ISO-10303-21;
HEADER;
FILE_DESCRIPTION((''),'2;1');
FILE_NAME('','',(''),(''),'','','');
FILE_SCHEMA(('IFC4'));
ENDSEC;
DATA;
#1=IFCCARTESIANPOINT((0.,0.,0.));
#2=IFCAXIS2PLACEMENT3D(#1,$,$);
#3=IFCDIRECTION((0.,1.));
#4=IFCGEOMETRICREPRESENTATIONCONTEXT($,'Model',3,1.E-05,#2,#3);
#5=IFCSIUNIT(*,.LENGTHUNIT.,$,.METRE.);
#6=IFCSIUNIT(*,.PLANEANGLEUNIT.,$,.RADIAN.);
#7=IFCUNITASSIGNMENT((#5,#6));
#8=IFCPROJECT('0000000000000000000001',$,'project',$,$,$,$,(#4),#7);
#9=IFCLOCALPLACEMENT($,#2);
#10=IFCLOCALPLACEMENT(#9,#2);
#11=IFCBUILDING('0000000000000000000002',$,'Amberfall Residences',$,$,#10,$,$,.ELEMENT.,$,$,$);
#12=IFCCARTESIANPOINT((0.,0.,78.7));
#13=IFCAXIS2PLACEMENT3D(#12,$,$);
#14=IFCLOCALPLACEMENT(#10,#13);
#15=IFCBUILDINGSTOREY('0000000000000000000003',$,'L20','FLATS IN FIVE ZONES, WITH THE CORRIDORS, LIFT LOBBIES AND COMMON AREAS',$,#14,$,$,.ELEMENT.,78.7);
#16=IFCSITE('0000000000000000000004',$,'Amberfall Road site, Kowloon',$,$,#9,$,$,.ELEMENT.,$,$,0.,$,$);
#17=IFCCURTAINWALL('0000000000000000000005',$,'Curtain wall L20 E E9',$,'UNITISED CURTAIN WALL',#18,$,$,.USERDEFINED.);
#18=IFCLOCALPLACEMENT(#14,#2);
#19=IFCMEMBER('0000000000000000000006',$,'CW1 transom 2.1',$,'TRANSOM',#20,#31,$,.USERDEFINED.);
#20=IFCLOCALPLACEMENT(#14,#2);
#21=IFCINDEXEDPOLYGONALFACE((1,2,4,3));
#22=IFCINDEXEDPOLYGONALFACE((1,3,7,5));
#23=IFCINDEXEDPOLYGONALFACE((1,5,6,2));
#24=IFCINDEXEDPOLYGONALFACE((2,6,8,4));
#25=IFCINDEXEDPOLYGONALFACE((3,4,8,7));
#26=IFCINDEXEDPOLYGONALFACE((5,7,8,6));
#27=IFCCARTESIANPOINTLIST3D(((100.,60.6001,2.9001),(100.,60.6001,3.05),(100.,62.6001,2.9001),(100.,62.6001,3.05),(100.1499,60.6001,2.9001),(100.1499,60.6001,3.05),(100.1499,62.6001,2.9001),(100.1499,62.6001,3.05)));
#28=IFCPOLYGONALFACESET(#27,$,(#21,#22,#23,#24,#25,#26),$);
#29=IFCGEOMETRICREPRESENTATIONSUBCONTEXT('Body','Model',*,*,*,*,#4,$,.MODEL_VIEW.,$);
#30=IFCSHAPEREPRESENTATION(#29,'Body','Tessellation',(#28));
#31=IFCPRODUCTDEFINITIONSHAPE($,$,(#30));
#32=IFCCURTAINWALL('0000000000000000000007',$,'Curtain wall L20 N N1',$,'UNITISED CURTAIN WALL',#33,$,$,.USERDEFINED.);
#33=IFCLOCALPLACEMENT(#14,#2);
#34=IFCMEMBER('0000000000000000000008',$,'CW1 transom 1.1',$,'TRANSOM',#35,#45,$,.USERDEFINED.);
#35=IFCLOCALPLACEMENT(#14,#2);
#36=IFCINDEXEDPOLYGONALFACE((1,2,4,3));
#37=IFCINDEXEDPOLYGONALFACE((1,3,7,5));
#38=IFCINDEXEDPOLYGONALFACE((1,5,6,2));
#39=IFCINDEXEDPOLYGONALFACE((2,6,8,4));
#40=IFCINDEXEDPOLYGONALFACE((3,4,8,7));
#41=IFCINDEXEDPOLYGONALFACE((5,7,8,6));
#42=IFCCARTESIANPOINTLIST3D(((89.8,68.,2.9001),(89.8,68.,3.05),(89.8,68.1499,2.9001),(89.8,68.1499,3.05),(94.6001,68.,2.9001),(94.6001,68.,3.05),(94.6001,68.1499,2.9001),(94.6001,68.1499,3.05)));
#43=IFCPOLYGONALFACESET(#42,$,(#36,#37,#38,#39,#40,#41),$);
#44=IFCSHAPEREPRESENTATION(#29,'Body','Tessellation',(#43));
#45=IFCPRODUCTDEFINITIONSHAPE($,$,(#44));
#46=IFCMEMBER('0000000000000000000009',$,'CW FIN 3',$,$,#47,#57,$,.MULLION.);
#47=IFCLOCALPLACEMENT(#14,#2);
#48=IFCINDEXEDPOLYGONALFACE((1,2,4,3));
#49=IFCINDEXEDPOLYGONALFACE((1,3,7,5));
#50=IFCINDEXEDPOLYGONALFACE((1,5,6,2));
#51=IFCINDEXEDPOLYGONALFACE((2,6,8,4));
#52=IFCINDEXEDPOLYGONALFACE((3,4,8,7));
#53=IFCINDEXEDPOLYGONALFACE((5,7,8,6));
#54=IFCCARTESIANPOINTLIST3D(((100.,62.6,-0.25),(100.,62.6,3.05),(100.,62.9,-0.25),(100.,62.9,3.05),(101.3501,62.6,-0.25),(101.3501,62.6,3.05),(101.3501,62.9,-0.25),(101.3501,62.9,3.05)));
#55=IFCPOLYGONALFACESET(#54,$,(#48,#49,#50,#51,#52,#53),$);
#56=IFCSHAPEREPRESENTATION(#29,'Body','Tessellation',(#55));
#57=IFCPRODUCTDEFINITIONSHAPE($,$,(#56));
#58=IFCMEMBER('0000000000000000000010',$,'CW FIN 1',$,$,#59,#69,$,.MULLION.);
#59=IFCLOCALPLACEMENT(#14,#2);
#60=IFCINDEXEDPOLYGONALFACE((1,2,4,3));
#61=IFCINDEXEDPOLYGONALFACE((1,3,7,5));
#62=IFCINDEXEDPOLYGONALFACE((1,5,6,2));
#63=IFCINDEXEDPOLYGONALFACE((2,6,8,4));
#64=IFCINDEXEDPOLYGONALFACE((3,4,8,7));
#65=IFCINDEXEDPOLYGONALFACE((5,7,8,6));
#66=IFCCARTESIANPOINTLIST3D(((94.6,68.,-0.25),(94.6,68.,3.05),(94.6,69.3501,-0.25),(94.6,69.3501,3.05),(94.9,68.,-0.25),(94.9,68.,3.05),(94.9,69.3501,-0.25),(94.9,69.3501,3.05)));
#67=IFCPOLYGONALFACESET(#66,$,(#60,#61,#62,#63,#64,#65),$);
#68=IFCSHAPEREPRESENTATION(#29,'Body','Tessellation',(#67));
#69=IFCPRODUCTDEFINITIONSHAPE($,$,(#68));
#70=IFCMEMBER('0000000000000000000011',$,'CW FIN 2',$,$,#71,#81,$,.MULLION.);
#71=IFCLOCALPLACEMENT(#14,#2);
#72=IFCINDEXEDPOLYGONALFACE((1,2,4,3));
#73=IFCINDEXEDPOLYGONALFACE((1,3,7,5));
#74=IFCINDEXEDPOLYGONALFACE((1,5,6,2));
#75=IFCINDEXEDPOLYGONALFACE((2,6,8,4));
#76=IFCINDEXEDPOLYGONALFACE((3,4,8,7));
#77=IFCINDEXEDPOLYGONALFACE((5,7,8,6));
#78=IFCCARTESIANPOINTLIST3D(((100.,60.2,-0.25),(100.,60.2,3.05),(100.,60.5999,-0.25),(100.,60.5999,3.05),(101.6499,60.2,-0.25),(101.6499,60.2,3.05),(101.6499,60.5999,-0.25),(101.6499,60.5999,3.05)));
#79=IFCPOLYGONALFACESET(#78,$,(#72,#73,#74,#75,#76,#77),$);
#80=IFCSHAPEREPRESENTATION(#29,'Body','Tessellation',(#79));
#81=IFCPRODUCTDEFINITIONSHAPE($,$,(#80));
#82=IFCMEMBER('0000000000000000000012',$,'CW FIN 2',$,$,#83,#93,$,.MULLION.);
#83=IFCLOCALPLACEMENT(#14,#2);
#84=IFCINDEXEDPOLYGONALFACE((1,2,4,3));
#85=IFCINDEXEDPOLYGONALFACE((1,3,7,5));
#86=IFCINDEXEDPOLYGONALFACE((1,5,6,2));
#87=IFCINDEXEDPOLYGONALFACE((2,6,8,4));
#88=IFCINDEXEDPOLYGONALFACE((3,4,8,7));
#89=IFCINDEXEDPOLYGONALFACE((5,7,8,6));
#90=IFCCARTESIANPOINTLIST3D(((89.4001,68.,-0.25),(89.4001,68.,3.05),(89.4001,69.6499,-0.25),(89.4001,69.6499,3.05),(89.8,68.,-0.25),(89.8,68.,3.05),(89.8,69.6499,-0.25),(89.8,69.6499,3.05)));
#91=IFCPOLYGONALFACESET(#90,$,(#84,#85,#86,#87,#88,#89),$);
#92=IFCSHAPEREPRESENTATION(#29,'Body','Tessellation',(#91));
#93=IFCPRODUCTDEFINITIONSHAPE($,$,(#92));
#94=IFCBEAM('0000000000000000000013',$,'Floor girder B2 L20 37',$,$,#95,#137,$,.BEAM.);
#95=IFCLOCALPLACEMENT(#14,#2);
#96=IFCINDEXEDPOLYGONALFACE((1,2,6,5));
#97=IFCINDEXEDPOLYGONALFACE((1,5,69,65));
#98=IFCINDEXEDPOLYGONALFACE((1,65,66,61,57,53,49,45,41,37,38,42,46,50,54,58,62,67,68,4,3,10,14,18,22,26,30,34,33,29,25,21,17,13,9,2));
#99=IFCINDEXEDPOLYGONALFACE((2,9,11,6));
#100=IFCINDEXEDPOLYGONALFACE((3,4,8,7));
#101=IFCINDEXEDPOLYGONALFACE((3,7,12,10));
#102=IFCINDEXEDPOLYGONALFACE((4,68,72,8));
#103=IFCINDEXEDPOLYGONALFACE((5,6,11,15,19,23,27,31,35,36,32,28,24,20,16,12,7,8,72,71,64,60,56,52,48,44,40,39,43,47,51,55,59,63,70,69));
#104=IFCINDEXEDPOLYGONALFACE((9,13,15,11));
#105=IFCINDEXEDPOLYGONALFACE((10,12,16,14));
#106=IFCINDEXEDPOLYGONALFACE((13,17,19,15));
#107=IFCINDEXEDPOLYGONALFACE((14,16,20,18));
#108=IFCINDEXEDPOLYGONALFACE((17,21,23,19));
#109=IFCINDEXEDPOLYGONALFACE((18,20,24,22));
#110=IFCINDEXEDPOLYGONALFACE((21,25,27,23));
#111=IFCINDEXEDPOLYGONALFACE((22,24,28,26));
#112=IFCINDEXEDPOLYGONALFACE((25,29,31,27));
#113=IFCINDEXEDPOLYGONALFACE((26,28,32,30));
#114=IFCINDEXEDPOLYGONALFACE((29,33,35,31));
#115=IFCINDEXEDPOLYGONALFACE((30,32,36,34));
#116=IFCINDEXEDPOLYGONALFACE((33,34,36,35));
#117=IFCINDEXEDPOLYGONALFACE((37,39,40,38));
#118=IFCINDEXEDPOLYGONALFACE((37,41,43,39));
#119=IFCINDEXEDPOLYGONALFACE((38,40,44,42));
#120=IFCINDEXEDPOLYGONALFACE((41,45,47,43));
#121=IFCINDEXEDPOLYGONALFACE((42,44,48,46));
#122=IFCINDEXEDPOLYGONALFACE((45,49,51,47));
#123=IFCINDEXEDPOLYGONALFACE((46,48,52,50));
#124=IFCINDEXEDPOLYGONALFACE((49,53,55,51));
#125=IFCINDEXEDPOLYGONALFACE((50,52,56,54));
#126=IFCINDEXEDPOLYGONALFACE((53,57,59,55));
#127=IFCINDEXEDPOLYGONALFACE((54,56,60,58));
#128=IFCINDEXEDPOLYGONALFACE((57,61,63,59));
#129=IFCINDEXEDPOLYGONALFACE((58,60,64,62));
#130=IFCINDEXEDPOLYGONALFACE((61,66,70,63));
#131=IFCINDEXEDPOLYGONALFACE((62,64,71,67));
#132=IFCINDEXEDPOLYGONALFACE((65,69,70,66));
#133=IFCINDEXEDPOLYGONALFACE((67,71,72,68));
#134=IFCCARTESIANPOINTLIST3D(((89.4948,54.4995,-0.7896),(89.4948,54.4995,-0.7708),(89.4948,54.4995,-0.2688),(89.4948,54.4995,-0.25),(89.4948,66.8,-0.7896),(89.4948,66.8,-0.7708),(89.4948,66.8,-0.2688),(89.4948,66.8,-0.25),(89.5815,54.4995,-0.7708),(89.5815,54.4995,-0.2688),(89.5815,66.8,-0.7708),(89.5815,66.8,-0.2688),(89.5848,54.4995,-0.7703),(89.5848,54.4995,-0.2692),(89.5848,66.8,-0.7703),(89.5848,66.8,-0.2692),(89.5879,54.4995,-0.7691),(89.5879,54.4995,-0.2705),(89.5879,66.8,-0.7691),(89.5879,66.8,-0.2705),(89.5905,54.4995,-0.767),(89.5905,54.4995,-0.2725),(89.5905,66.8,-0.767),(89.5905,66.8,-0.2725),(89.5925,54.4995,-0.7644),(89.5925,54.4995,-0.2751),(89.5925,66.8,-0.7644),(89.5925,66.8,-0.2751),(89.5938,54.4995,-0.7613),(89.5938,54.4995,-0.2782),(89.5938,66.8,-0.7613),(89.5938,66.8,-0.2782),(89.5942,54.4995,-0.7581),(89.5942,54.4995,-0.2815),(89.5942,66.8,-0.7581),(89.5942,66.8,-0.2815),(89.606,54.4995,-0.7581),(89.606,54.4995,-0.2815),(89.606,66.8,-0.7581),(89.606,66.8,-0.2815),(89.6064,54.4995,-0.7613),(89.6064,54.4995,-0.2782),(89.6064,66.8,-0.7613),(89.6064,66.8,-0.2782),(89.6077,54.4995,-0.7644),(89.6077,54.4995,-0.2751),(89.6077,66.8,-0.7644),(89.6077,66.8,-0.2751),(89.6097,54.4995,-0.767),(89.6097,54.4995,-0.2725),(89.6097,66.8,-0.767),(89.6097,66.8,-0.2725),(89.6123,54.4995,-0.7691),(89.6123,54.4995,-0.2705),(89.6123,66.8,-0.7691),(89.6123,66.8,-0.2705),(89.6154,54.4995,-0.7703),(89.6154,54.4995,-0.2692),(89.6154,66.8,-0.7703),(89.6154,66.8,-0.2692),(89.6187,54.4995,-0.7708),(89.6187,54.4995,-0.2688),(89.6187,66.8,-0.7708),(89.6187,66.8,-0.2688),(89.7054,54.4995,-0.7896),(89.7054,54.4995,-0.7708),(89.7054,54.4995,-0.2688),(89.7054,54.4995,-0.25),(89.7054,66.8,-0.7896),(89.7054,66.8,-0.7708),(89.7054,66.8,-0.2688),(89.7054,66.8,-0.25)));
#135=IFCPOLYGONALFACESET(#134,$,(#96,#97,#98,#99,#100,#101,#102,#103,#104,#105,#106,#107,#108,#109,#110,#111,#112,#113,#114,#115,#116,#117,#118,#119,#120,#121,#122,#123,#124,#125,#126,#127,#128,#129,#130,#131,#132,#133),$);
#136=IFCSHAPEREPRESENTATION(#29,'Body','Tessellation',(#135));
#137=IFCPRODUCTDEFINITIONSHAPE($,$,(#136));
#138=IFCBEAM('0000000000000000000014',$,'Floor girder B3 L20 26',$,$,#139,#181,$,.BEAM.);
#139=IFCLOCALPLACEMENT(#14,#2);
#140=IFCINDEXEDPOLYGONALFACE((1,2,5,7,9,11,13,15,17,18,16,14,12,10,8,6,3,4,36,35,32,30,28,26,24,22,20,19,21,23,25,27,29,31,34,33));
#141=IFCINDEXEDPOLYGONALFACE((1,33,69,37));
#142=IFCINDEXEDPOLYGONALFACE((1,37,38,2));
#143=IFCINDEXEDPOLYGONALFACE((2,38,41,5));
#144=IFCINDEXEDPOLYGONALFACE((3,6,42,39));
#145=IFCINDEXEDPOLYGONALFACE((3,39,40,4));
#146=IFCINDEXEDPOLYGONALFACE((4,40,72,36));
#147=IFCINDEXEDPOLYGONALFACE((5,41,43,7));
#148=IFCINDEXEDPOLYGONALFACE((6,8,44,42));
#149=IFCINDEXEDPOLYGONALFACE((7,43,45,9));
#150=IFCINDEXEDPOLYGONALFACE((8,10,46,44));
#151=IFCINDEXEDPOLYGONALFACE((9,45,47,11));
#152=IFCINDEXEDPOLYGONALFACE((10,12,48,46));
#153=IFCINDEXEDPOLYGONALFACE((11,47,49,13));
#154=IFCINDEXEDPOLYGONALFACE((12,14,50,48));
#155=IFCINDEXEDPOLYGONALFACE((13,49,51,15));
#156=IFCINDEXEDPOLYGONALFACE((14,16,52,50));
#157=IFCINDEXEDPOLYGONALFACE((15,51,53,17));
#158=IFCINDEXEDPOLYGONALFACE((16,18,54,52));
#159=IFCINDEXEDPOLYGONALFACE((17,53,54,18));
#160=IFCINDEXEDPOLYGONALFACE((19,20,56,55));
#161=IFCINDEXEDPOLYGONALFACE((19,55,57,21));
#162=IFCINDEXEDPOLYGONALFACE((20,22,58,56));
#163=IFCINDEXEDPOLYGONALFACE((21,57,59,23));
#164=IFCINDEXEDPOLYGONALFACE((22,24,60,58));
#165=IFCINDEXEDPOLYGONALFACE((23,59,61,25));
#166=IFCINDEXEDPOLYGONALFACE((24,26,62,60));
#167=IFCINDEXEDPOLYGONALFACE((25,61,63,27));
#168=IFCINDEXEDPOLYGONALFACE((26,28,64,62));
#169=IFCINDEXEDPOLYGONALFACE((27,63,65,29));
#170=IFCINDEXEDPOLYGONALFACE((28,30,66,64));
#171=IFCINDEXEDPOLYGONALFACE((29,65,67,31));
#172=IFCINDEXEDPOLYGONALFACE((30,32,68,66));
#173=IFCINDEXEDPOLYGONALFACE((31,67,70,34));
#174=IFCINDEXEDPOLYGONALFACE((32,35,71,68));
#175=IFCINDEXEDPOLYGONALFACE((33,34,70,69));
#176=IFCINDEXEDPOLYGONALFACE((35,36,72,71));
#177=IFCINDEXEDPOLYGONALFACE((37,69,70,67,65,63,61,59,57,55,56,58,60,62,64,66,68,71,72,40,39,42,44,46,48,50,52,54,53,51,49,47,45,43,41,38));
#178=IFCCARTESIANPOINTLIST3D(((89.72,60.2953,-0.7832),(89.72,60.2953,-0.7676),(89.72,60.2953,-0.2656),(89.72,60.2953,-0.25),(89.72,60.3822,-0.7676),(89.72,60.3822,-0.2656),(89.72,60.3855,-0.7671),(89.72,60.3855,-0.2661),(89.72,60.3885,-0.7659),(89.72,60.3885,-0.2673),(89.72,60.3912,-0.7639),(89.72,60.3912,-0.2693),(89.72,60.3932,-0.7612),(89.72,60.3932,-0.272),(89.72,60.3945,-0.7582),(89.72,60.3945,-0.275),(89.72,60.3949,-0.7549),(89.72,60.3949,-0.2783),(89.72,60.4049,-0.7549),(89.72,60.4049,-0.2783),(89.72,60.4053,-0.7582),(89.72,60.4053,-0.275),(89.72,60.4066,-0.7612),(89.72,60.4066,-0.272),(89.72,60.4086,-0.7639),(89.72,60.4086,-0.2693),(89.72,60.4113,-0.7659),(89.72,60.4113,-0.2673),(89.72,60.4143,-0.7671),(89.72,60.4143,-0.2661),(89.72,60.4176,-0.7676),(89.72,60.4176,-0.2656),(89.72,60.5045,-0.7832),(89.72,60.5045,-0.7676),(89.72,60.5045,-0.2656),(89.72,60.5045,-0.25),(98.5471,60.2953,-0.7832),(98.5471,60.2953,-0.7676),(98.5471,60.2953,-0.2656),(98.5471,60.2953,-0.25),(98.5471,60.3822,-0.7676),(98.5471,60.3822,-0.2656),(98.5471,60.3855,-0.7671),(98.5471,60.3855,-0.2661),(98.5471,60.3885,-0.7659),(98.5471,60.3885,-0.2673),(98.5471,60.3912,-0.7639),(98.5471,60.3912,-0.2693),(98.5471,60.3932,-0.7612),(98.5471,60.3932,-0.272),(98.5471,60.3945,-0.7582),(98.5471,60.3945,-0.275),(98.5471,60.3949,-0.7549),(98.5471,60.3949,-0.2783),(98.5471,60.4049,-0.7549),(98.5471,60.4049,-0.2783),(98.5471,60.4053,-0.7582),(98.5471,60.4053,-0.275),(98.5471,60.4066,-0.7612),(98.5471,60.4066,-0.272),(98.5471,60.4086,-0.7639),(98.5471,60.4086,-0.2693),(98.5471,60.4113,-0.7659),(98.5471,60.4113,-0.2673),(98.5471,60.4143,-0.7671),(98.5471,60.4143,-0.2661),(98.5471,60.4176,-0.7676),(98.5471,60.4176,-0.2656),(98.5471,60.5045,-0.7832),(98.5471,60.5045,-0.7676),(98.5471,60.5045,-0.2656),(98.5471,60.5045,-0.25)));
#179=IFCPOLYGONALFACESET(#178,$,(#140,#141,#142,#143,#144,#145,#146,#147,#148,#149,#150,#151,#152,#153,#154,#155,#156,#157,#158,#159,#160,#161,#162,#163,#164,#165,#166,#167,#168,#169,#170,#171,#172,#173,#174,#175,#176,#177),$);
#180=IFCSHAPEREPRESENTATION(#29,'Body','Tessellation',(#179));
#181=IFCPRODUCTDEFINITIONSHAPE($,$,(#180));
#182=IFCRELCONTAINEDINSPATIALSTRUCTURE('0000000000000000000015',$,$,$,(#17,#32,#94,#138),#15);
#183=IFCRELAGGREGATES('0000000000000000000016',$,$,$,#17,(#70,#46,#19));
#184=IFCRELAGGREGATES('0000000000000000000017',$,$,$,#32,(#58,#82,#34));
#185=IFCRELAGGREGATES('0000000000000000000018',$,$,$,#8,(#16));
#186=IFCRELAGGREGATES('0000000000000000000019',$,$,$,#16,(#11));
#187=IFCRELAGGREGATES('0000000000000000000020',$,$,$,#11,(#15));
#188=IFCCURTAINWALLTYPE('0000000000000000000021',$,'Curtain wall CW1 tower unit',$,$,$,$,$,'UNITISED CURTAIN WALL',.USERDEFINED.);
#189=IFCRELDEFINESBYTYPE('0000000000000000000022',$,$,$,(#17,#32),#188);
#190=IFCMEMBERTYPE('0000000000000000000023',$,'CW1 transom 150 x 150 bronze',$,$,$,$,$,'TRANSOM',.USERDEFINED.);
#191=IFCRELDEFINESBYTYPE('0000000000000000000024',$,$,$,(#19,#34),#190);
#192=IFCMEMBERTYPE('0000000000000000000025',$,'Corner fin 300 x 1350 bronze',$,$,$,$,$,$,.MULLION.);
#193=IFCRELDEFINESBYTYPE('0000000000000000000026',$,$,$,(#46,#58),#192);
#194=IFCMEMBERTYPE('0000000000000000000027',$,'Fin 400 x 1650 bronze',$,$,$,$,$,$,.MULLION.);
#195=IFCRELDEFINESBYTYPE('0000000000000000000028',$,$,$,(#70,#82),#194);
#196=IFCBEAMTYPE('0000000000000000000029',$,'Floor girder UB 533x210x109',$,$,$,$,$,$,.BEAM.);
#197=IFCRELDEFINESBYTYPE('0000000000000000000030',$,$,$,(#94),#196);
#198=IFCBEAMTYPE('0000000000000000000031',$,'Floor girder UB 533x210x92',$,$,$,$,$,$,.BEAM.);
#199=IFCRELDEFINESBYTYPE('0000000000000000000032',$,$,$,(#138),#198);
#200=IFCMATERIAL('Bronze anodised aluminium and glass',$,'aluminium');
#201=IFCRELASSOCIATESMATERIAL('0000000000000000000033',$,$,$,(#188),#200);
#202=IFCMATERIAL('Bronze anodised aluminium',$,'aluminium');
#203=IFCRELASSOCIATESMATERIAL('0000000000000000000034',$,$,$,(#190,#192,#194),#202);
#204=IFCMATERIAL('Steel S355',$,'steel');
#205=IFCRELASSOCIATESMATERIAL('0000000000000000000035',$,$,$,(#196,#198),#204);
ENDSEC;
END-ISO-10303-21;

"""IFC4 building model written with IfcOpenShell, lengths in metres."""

from ifc_helpers import new_model, si_unit, direction, frame, origin, origin_2d, place, context, subcontext, project, spatial, rectangle, i_section, extrude, material, material_profile, profile_set, type_object, element, aggregate, save


model = new_model("IFC4")

# Units and contexts
model_context = context("Model", 3, precision=1e-05, world=origin(), true_north=direction((0.0, 1.0)))
body_context = subcontext(model_context, "Body", "Model", "MODEL_VIEW")
ifc_project = project(units=[si_unit("LENGTHUNIT", "METRE"), si_unit("PLANEANGLEUNIT", "RADIAN")], contexts=[model_context])

# Site, building, storey
site_placement = place(None, origin())
site = spatial("IfcSite", under=ifc_project, at=site_placement, Name="Amberfall Road site, Kowloon", CompositionType="ELEMENT", RefElevation=0.0)
building_placement = place(site_placement, origin())
building = spatial("IfcBuilding", under=site, at=building_placement, Name="Amberfall Residences", CompositionType="ELEMENT")
storey_placement = place(building_placement, frame((0.0, 0.0, 78.7)))
storey = spatial("IfcBuildingStorey", under=building, at=storey_placement, Name="L20", Description="FLATS IN FIVE ZONES, WITH THE CORRIDORS, LIFT LOBBIES AND COMMON AREAS", CompositionType="ELEMENT", Elevation=78.7)

# Shared definitions
ifc_material_1 = material(Name="Steel S355", Category="steel")

# Curtain walls, members
ifc_material_2 = material(Name="Bronze anodised aluminium and glass", Category="aluminium")
curtain_wall_type = type_object("IfcCurtainWallType", Name="Curtain wall CW1 tower unit", ElementType="UNITISED CURTAIN WALL", PredefinedType="USERDEFINED", material=ifc_material_2)
curtain_wall_1_placement = place(storey_placement, origin())
curtain_wall_1 = element("IfcCurtainWall", 1, at=curtain_wall_1_placement, inside=storey, type_object=curtain_wall_type, Name="Curtain wall L20 E E9", ObjectType="UNITISED CURTAIN WALL", PredefinedType="USERDEFINED")
ifc_material_3 = material(Name="Bronze anodised aluminium", Category="aluminium")
ifc_material_profile_1 = material_profile(ifc_material_3, rectangle(XDim=0.1499, YDim=0.1499, at=origin_2d()), Name="CW1 transom 150 x 150 bronze")
ifc_profile_set_1 = profile_set([ifc_material_profile_1], Name="Bronze anodised aluminium")
member_type_1 = type_object("IfcMemberType", Name="CW1 transom 150 x 150 bronze", ElementType="TRANSOM", PredefinedType="USERDEFINED", material=ifc_profile_set_1)
member_1_placement = place(storey_placement, frame((100.075, 60.6001, 2.9751), z_axis=(0.0, 1.0, 0.0), x_axis=(-1.0, 0.0, 0.0)))
member_1 = element("IfcMember", 2, at=member_1_placement, type_object=member_type_1, Name="CW1 transom 2.1", ObjectType="TRANSOM", PredefinedType="USERDEFINED", context=body_context, shape_type="SweptSolid", body=[
    extrude(rectangle(XDim=0.1499, YDim=0.1499, at=origin_2d()), origin(), (0.0, 0.0, 1.0), 2.0),
])
curtain_wall_2_placement = place(storey_placement, origin())
curtain_wall_2 = element("IfcCurtainWall", 3, at=curtain_wall_2_placement, inside=storey, type_object=curtain_wall_type, Name="Curtain wall L20 N N1", ObjectType="UNITISED CURTAIN WALL", PredefinedType="USERDEFINED")
member_2_placement = place(storey_placement, frame((94.6001, 68.075, 2.9751), z_axis=(-1.0, 0.0, 0.0), x_axis=(0.0, -1.0, 0.0)))
member_2 = element("IfcMember", 4, at=member_2_placement, type_object=member_type_1, Name="CW1 transom 1.1", ObjectType="TRANSOM", PredefinedType="USERDEFINED", context=body_context, shape_type="SweptSolid", body=[
    extrude(rectangle(XDim=0.1499, YDim=0.1499, at=origin_2d()), origin(), (0.0, 0.0, 1.0), 4.8),
])

# Members
ifc_material_profile_2 = material_profile(ifc_material_3, rectangle(XDim=1.3501, YDim=0.3, at=origin_2d()), Name="Corner fin 300 x 1350 bronze")
ifc_profile_set_2 = profile_set([ifc_material_profile_2], Name="Bronze anodised aluminium")
member_type_2 = type_object("IfcMemberType", Name="Corner fin 300 x 1350 bronze", PredefinedType="MULLION", material=ifc_profile_set_2)
member_3_placement = place(storey_placement, frame((100.675, 62.75, -0.25), z_axis=(0.0, 0.0, 1.0), x_axis=(-1.0, 0.0, 0.0)))
member_3 = element("IfcMember", 5, at=member_3_placement, type_object=member_type_2, Name="CW FIN 3", PredefinedType="MULLION", context=body_context, shape_type="SweptSolid", body=[
    extrude(rectangle(XDim=1.3501, YDim=0.3, at=origin_2d()), origin(), (0.0, 0.0, 1.0), 3.3),
])
member_4_placement = place(storey_placement, frame((94.75, 68.675, -0.25), z_axis=(0.0, 0.0, 1.0), x_axis=(0.0, -1.0, 0.0)))
member_4 = element("IfcMember", 6, at=member_4_placement, type_object=member_type_2, Name="CW FIN 1", PredefinedType="MULLION", context=body_context, shape_type="SweptSolid", body=[
    extrude(rectangle(XDim=1.3501, YDim=0.3, at=origin_2d()), origin(), (0.0, 0.0, 1.0), 3.3),
])
ifc_material_profile_3 = material_profile(ifc_material_3, rectangle(XDim=1.6499, YDim=0.3999, at=origin_2d()), Name="Fin 400 x 1650 bronze")
ifc_profile_set_3 = profile_set([ifc_material_profile_3], Name="Bronze anodised aluminium")
member_type_3 = type_object("IfcMemberType", Name="Fin 400 x 1650 bronze", PredefinedType="MULLION", material=ifc_profile_set_3)
member_5_placement = place(storey_placement, frame((100.825, 60.3999, -0.25), z_axis=(0.0, 0.0, 1.0), x_axis=(-1.0, 0.0, 0.0)))
member_5 = element("IfcMember", 7, at=member_5_placement, type_object=member_type_3, Name="CW FIN 2", PredefinedType="MULLION", context=body_context, shape_type="SweptSolid", body=[
    extrude(rectangle(XDim=1.6499, YDim=0.3999, at=origin_2d()), origin(), (0.0, 0.0, 1.0), 3.3),
])
member_6_placement = place(storey_placement, frame((89.6001, 68.825, -0.25), z_axis=(0.0, 0.0, 1.0), x_axis=(0.0, -1.0, 0.0)))
member_6 = element("IfcMember", 8, at=member_6_placement, type_object=member_type_3, Name="CW FIN 2", PredefinedType="MULLION", context=body_context, shape_type="SweptSolid", body=[
    extrude(rectangle(XDim=1.6499, YDim=0.3999, at=origin_2d()), origin(), (0.0, 0.0, 1.0), 3.3),
])

# Beams
ifc_material_profile_4 = material_profile(ifc_material_1, i_section(OverallWidth=0.2107, OverallDepth=0.5396, WebThickness=0.0117, FlangeThickness=0.0188, FilletRadius=0.0127, at=origin_2d()), Name="UB 533x210x109")
ifc_profile_set_4 = profile_set([ifc_material_profile_4], Name="Steel S355")
beam_type_1 = type_object("IfcBeamType", Name="Floor girder UB 533x210x109", PredefinedType="BEAM", material=ifc_profile_set_4)
beam_1_placement = place(storey_placement, frame((89.6001, 66.8, -0.5198), z_axis=(0.0, -1.0, 0.0), x_axis=(1.0, 0.0, 0.0)))
element("IfcBeam", 9, at=beam_1_placement, inside=storey, type_object=beam_type_1, Name="Floor girder B2 L20 37", PredefinedType="BEAM", context=body_context, shape_type="SweptSolid", body=[
    extrude(i_section(OverallWidth=0.2107, OverallDepth=0.5396, WebThickness=0.0117, FlangeThickness=0.0188, FilletRadius=0.0127, at=origin_2d()), origin(), (0.0, 0.0, 1.0), 12.3005),
])
ifc_material_profile_5 = material_profile(ifc_material_1, i_section(OverallWidth=0.2092, OverallDepth=0.5332, WebThickness=0.01, FlangeThickness=0.0156, FilletRadius=0.0127, at=origin_2d()), Name="UB 533x210x92")
ifc_profile_set_5 = profile_set([ifc_material_profile_5], Name="Steel S355")
beam_type_2 = type_object("IfcBeamType", Name="Floor girder UB 533x210x92", PredefinedType="BEAM", material=ifc_profile_set_5)
beam_2_placement = place(storey_placement, frame((98.5471, 60.3999, -0.5166), z_axis=(-1.0, 0.0, 0.0), x_axis=(0.0, -1.0, 0.0)))
element("IfcBeam", 10, at=beam_2_placement, inside=storey, type_object=beam_type_2, Name="Floor girder B3 L20 26", PredefinedType="BEAM", context=body_context, shape_type="SweptSolid", body=[
    extrude(i_section(OverallWidth=0.2092, OverallDepth=0.5332, WebThickness=0.01, FlangeThickness=0.0156, FilletRadius=0.0127, at=origin_2d()), origin(), (0.0, 0.0, 1.0), 8.8271),
])

aggregate(curtain_wall_1, [member_5, member_3, member_1])
aggregate(curtain_wall_2, [member_4, member_6, member_2])

save(model, "model.ifc")
